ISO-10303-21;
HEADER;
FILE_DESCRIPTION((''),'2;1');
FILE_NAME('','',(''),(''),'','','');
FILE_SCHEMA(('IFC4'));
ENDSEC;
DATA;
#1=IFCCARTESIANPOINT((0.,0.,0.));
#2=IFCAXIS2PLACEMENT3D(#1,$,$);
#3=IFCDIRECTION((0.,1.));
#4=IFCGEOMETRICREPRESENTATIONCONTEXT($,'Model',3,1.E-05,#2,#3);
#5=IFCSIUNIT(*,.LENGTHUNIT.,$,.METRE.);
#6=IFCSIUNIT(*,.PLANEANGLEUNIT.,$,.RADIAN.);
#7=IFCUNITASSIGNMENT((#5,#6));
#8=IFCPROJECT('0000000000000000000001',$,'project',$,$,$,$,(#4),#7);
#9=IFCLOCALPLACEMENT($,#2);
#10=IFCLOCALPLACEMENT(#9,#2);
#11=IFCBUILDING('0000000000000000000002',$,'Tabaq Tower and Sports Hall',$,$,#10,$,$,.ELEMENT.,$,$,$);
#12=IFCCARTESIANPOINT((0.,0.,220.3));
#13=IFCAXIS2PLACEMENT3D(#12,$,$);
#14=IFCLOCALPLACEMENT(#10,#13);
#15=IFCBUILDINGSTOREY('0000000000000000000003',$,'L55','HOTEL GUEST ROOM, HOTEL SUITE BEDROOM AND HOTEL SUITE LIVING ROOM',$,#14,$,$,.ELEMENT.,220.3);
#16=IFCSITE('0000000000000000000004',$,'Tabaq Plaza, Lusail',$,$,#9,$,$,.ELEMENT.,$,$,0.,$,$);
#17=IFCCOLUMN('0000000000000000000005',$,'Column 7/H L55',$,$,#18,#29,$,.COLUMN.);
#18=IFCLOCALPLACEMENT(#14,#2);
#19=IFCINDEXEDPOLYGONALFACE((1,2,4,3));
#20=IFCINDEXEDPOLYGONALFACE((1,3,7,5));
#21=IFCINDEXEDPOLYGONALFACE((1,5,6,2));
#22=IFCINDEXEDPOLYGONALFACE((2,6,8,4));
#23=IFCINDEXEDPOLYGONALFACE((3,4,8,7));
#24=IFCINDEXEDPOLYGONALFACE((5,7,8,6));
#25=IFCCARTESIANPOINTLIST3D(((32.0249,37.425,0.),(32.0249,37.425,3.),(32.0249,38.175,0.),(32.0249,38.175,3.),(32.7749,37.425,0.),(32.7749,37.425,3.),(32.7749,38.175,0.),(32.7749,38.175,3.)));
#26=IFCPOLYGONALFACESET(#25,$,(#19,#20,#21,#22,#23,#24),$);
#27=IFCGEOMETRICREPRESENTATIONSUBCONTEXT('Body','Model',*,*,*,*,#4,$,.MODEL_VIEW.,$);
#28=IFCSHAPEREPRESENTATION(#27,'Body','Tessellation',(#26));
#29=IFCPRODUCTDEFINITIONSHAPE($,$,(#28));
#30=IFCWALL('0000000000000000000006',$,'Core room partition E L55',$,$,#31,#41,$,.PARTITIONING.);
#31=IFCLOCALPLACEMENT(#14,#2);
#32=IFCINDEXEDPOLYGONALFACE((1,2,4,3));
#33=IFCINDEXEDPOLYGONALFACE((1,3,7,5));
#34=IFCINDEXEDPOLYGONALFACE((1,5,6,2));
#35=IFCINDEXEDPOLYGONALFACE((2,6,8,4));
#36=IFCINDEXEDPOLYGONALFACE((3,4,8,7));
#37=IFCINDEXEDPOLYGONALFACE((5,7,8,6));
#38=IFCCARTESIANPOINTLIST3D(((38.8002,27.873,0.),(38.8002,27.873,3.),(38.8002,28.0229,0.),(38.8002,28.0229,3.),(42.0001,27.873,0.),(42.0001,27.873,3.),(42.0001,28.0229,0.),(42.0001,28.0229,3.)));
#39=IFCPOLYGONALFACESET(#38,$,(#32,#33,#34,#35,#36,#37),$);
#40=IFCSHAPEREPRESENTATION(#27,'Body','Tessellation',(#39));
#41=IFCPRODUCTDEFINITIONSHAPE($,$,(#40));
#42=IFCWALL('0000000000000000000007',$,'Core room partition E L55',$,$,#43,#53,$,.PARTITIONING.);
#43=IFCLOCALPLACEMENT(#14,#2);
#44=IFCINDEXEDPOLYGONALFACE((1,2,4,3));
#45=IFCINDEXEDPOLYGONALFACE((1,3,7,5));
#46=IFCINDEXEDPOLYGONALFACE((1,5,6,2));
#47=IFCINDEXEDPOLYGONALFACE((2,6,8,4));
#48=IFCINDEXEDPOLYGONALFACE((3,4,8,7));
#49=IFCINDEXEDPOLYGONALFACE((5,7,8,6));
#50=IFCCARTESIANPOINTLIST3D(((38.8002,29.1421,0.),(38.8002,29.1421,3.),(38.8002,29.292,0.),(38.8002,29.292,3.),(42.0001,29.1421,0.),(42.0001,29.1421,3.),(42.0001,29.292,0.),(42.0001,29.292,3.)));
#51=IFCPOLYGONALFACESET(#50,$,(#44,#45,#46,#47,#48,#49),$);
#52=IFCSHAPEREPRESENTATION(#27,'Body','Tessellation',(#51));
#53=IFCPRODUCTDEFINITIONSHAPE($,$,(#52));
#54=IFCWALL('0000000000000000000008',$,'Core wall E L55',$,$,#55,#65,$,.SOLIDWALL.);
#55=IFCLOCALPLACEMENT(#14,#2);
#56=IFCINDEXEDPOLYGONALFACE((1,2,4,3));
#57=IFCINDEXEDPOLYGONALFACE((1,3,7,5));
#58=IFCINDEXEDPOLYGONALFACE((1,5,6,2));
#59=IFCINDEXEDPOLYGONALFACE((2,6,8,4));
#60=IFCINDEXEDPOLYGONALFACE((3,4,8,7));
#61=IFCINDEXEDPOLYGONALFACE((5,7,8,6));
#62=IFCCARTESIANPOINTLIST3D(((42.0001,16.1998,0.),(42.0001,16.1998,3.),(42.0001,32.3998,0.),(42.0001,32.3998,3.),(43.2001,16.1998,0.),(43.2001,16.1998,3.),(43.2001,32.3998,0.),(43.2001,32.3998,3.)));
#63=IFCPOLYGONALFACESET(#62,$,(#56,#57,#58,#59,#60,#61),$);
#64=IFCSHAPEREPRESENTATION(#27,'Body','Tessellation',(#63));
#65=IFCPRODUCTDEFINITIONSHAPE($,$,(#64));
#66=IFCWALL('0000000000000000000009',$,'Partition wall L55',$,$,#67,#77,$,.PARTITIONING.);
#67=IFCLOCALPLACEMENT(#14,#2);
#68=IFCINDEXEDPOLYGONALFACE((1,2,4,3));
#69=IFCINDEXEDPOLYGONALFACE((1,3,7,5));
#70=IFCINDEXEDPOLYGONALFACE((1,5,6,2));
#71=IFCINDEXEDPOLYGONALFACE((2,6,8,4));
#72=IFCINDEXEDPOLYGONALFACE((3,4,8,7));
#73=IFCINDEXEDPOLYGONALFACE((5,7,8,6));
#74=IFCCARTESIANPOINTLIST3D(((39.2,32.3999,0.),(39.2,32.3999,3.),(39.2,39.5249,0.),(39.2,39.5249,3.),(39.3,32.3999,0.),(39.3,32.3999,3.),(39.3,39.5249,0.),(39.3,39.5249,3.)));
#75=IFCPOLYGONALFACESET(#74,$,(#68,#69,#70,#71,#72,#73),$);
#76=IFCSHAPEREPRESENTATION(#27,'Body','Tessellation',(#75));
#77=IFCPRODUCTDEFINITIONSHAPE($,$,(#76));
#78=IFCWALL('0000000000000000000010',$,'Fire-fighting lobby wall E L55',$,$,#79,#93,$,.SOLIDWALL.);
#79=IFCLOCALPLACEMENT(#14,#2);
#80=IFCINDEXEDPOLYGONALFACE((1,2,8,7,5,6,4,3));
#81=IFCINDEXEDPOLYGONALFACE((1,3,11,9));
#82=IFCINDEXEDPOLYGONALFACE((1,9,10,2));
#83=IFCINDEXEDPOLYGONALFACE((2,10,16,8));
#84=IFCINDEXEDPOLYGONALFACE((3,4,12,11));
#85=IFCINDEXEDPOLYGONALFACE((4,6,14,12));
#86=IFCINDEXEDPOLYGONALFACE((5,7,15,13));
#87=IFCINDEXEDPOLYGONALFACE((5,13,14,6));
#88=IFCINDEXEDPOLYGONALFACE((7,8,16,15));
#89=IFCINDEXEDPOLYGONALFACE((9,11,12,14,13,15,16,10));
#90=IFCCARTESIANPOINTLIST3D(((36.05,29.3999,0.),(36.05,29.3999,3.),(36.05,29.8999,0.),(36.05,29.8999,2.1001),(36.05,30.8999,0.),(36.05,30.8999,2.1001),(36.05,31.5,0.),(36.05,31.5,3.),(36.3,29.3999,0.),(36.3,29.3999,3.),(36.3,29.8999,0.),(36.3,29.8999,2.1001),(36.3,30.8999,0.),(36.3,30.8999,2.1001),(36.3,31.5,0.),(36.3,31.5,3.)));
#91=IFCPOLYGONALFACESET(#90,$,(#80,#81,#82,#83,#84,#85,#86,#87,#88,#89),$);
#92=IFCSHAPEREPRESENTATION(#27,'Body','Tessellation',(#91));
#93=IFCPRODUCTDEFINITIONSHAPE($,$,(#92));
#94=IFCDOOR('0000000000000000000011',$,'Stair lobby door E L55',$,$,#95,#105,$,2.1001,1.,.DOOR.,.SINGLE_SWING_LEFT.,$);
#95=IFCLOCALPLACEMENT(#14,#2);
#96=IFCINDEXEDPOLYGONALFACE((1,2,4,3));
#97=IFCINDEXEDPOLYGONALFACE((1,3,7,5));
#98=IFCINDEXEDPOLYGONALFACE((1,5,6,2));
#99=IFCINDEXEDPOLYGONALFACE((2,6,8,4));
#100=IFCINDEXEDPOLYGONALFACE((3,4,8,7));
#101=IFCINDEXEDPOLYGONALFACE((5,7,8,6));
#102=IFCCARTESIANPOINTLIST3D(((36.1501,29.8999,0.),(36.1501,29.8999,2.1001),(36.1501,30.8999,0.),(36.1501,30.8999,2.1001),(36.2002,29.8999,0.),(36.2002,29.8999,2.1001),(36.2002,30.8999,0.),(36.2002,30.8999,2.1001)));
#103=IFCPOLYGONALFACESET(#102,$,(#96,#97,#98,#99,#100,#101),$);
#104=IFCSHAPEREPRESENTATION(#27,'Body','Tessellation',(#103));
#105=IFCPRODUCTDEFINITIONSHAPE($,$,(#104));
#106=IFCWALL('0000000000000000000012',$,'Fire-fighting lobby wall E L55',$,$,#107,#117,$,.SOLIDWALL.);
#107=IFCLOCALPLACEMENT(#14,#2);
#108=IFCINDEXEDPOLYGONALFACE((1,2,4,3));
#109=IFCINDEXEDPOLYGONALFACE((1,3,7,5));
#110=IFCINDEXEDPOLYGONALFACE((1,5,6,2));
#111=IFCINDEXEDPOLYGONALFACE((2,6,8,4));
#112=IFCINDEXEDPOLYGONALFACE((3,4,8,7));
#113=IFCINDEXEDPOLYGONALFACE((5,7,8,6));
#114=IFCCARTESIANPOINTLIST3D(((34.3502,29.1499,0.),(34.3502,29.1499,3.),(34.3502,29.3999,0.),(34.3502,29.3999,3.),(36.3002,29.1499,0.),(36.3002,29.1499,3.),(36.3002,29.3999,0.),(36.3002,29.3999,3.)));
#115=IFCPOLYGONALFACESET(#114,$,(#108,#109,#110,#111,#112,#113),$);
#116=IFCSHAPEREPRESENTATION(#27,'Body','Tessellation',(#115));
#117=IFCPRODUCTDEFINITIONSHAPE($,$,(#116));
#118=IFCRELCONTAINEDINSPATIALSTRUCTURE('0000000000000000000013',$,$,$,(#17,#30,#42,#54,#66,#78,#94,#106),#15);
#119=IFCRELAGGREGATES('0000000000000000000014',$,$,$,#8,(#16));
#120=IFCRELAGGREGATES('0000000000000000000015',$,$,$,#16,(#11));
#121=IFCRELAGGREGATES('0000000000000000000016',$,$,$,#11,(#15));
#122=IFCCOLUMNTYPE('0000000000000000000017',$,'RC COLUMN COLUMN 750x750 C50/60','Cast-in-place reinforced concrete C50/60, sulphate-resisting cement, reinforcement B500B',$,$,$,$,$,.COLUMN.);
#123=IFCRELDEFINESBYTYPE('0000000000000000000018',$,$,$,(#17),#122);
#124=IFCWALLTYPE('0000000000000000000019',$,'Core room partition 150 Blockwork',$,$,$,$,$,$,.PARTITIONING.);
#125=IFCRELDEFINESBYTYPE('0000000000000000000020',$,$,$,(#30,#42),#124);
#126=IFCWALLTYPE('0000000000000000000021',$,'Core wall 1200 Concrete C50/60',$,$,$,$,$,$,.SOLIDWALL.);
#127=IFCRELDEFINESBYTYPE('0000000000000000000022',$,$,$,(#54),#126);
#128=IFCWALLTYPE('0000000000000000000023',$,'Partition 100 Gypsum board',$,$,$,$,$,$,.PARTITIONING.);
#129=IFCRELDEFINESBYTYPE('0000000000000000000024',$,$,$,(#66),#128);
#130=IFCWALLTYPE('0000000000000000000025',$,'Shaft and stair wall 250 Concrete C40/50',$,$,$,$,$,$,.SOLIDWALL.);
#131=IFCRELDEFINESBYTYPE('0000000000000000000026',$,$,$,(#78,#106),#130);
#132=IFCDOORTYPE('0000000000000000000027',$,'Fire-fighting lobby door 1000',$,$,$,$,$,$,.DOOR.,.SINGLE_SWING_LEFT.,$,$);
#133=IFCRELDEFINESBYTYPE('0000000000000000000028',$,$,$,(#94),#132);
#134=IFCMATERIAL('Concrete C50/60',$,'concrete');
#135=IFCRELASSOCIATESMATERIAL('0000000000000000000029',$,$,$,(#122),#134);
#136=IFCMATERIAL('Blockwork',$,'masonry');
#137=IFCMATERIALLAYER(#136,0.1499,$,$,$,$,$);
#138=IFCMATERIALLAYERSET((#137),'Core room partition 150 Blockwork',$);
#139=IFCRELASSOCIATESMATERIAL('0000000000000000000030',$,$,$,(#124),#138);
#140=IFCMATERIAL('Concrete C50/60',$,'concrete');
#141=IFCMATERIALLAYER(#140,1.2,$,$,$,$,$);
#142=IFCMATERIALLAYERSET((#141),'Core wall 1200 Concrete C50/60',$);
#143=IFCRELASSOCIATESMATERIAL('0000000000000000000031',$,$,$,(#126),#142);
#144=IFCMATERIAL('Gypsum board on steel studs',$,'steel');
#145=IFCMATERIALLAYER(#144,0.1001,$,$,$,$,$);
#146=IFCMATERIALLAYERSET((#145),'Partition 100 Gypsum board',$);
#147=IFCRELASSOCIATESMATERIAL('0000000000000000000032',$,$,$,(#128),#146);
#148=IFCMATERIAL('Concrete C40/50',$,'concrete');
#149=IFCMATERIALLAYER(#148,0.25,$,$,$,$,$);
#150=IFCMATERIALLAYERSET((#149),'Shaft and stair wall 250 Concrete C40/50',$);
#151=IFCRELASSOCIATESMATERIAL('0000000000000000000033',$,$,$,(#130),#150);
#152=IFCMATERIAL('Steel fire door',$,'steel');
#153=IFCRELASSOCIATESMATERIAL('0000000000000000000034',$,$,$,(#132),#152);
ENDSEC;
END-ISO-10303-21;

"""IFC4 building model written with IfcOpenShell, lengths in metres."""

from ifc_helpers import new_model, si_unit, direction, frame, frame_2d, origin, origin_2d, place, context, subcontext, project, spatial, rectangle, extrude, material, layer, layer_set, material_profile, profile_set, type_object, element, fill, save


model = new_model("IFC4")

# Units and contexts
model_context = context("Model", 3, precision=1e-05, world=origin(), true_north=direction((0.0, 1.0)))
body_context = subcontext(model_context, "Body", "Model", "MODEL_VIEW")
ifc_project = project(units=[si_unit("LENGTHUNIT", "METRE"), si_unit("PLANEANGLEUNIT", "RADIAN")], contexts=[model_context])

# Site, building, storey
site_placement = place(None, origin())
site = spatial("IfcSite", under=ifc_project, at=site_placement, Name="Tabaq Plaza, Lusail", CompositionType="ELEMENT", RefElevation=0.0)
building_placement = place(site_placement, origin())
building = spatial("IfcBuilding", under=site, at=building_placement, Name="Tabaq Tower and Sports Hall", CompositionType="ELEMENT")
storey_placement = place(building_placement, frame((0.0, 0.0, 220.3)))
storey = spatial("IfcBuildingStorey", under=building, at=storey_placement, Name="L55", Description="HOTEL GUEST ROOM, HOTEL SUITE BEDROOM AND HOTEL SUITE LIVING ROOM", CompositionType="ELEMENT", Elevation=220.3)

# Column
ifc_material_1 = material(Name="Concrete C50/60", Category="concrete")
ifc_material_profile = material_profile(ifc_material_1, rectangle(XDim=0.75, YDim=0.75, at=origin_2d()), Name="COLUMN 750x750")
ifc_profile_set = profile_set([ifc_material_profile], Name="Concrete C50/60")
column_type = type_object("IfcColumnType", Name="RC COLUMN COLUMN 750x750 C50/60", Description="Cast-in-place reinforced concrete C50/60, sulphate-resisting cement, reinforcement B500B", PredefinedType="COLUMN", material=ifc_profile_set)
column_placement = place(storey_placement, frame((32.3999, 37.8, 0.0), z_axis=(0.0, 0.0, 1.0), x_axis=(1.0, 0.0, 0.0)))
element("IfcColumn", 1, at=column_placement, inside=storey, type_object=column_type, Name="Column 7/H L55", PredefinedType="COLUMN", context=body_context, shape_type="SweptSolid", body=[
    extrude(rectangle(XDim=0.75, YDim=0.75, at=origin_2d()), origin(), (0.0, 0.0, 1.0), 3.0),
])

# Walls
ifc_material_2 = material(Name="Blockwork", Category="masonry")
ifc_layer_1 = layer(ifc_material_2, 0.1499)
ifc_layer_set_1 = layer_set([ifc_layer_1], Name="Core room partition 150 Blockwork")
wall_type_1 = type_object("IfcWallType", Name="Core room partition 150 Blockwork", PredefinedType="PARTITIONING", material=ifc_layer_set_1)
for number, where, z_axis, x_axis, name in (
    (2, (38.8, 27.948, 0.0), (0.0, 0.0, 1.0), (1.0, 0.0, 0.0), "Core room partition E L55"),
    (3, (38.8, 29.217, 0.0), (0.0, 0.0, 1.0), (1.0, 0.0, 0.0), "Core room partition E L55"),
):
    element("IfcWall", number, at=place(storey_placement, frame(where, z_axis=z_axis, x_axis=x_axis)), inside=storey, type_object=wall_type_1, Name=name, PredefinedType="PARTITIONING", context=body_context, shape_type="SweptSolid", body=[
        extrude(rectangle(XDim=3.2, YDim=0.1499, at=frame_2d((1.6001, 0.0))), origin(), (0.0, 0.0, 1.0), 3.0),
    ])
ifc_material_3 = material(Name="Concrete C50/60", Category="concrete")
ifc_layer_2 = layer(ifc_material_3, 1.2)
ifc_layer_set_2 = layer_set([ifc_layer_2], Name="Core wall 1200 Concrete C50/60")
wall_type_2 = type_object("IfcWallType", Name="Core wall 1200 Concrete C50/60", PredefinedType="SOLIDWALL", material=ifc_layer_set_2)
wall_1_placement = place(storey_placement, frame((42.6001, 32.3999, 0.0), z_axis=(0.0, 0.0, 1.0), x_axis=(0.0, -1.0, 0.0)))
element("IfcWall", 4, at=wall_1_placement, inside=storey, type_object=wall_type_2, Name="Core wall E L55", PredefinedType="SOLIDWALL", context=body_context, shape_type="SweptSolid", body=[
    extrude(rectangle(XDim=16.2, YDim=1.2, at=frame_2d((8.1001, 0.0))), origin(), (0.0, 0.0, 1.0), 3.0),
])
ifc_material_4 = material(Name="Gypsum board on steel studs", Category="steel")
ifc_layer_3 = layer(ifc_material_4, 0.1001)
ifc_layer_set_3 = layer_set([ifc_layer_3], Name="Partition 100 Gypsum board")
wall_type_3 = type_object("IfcWallType", Name="Partition 100 Gypsum board", PredefinedType="PARTITIONING", material=ifc_layer_set_3)
wall_2_placement = place(storey_placement, frame((39.25, 32.3999, 0.0), z_axis=(0.0, 0.0, 1.0), x_axis=(0.0, 1.0, 0.0)))
element("IfcWall", 5, at=wall_2_placement, inside=storey, type_object=wall_type_3, Name="Partition wall L55", PredefinedType="PARTITIONING", context=body_context, shape_type="SweptSolid", body=[
    extrude(rectangle(XDim=7.125, YDim=0.1001, at=frame_2d((3.5625, 0.0))), origin(), (0.0, 0.0, 1.0), 3.0),
])

# Wall, opening, door
ifc_material_5 = material(Name="Concrete C40/50", Category="concrete")
ifc_layer_4 = layer(ifc_material_5, 0.25)
ifc_layer_set_4 = layer_set([ifc_layer_4], Name="Shaft and stair wall 250 Concrete C40/50")
wall_type_4 = type_object("IfcWallType", Name="Shaft and stair wall 250 Concrete C40/50", PredefinedType="SOLIDWALL", material=ifc_layer_set_4)
wall_3_placement = place(storey_placement, frame((36.175, 29.3999, 0.0), z_axis=(0.0, 0.0, 1.0), x_axis=(0.0, 1.0, 0.0)))
wall_3 = element("IfcWall", 6, at=wall_3_placement, inside=storey, type_object=wall_type_4, Name="Fire-fighting lobby wall E L55", PredefinedType="SOLIDWALL", context=body_context, shape_type="SweptSolid", body=[
    extrude(rectangle(XDim=2.1001, YDim=0.25, at=frame_2d((1.05, 0.0))), origin(), (0.0, 0.0, 1.0), 3.0),
])
opening_1_placement = place(wall_3_placement, frame((0.5, 0.0, 0.0)))
opening_1 = element("IfcOpeningElement", 7, at=opening_1_placement, cuts=wall_3, PredefinedType="OPENING", context=body_context, shape_type="SweptSolid", body=[
    extrude(rectangle(XDim=1.0, YDim=2.1001, at=frame_2d((0.5, 1.05))), frame((0.0, 0.125, 0.0), z_axis=(0.0, -1.0, 0.0), x_axis=(1.0, 0.0, 0.0)), (0.0, 0.0, 1.0), 0.25),
])
ifc_material_6 = material(Name="Steel fire door", Category="steel")
door_type = type_object("IfcDoorType", Name="Fire-fighting lobby door 1000", OperationType="SINGLE_SWING_LEFT", PredefinedType="DOOR", material=ifc_material_6)
door_placement = place(opening_1_placement, origin())
door = element("IfcDoor", 8, at=door_placement, inside=storey, type_object=door_type, Name="Stair lobby door E L55", OperationType="SINGLE_SWING_LEFT", OverallHeight=2.1001, OverallWidth=1.0, PredefinedType="DOOR", context=body_context, shape_type="SweptSolid", body=[
    extrude(rectangle(XDim=1.0, YDim=2.1001, at=frame_2d((0.5, 1.05))), frame((0.0, 0.0249, 0.0), z_axis=(0.0, -1.0, 0.0), x_axis=(1.0, 0.0, 0.0)), (0.0, 0.0, 1.0), 0.05),
])
fill(opening_1, door)

# Wall
wall_4_placement = place(storey_placement, frame((34.3501, 29.2749, 0.0), z_axis=(0.0, 0.0, 1.0), x_axis=(1.0, 0.0, 0.0)))
element("IfcWall", 9, at=wall_4_placement, inside=storey, type_object=wall_type_4, Name="Fire-fighting lobby wall E L55", PredefinedType="SOLIDWALL", context=body_context, shape_type="SweptSolid", body=[
    extrude(rectangle(XDim=1.95, YDim=0.25, at=frame_2d((0.9751, 0.0))), origin(), (0.0, 0.0, 1.0), 3.0),
])

save(model, "model.ifc")
